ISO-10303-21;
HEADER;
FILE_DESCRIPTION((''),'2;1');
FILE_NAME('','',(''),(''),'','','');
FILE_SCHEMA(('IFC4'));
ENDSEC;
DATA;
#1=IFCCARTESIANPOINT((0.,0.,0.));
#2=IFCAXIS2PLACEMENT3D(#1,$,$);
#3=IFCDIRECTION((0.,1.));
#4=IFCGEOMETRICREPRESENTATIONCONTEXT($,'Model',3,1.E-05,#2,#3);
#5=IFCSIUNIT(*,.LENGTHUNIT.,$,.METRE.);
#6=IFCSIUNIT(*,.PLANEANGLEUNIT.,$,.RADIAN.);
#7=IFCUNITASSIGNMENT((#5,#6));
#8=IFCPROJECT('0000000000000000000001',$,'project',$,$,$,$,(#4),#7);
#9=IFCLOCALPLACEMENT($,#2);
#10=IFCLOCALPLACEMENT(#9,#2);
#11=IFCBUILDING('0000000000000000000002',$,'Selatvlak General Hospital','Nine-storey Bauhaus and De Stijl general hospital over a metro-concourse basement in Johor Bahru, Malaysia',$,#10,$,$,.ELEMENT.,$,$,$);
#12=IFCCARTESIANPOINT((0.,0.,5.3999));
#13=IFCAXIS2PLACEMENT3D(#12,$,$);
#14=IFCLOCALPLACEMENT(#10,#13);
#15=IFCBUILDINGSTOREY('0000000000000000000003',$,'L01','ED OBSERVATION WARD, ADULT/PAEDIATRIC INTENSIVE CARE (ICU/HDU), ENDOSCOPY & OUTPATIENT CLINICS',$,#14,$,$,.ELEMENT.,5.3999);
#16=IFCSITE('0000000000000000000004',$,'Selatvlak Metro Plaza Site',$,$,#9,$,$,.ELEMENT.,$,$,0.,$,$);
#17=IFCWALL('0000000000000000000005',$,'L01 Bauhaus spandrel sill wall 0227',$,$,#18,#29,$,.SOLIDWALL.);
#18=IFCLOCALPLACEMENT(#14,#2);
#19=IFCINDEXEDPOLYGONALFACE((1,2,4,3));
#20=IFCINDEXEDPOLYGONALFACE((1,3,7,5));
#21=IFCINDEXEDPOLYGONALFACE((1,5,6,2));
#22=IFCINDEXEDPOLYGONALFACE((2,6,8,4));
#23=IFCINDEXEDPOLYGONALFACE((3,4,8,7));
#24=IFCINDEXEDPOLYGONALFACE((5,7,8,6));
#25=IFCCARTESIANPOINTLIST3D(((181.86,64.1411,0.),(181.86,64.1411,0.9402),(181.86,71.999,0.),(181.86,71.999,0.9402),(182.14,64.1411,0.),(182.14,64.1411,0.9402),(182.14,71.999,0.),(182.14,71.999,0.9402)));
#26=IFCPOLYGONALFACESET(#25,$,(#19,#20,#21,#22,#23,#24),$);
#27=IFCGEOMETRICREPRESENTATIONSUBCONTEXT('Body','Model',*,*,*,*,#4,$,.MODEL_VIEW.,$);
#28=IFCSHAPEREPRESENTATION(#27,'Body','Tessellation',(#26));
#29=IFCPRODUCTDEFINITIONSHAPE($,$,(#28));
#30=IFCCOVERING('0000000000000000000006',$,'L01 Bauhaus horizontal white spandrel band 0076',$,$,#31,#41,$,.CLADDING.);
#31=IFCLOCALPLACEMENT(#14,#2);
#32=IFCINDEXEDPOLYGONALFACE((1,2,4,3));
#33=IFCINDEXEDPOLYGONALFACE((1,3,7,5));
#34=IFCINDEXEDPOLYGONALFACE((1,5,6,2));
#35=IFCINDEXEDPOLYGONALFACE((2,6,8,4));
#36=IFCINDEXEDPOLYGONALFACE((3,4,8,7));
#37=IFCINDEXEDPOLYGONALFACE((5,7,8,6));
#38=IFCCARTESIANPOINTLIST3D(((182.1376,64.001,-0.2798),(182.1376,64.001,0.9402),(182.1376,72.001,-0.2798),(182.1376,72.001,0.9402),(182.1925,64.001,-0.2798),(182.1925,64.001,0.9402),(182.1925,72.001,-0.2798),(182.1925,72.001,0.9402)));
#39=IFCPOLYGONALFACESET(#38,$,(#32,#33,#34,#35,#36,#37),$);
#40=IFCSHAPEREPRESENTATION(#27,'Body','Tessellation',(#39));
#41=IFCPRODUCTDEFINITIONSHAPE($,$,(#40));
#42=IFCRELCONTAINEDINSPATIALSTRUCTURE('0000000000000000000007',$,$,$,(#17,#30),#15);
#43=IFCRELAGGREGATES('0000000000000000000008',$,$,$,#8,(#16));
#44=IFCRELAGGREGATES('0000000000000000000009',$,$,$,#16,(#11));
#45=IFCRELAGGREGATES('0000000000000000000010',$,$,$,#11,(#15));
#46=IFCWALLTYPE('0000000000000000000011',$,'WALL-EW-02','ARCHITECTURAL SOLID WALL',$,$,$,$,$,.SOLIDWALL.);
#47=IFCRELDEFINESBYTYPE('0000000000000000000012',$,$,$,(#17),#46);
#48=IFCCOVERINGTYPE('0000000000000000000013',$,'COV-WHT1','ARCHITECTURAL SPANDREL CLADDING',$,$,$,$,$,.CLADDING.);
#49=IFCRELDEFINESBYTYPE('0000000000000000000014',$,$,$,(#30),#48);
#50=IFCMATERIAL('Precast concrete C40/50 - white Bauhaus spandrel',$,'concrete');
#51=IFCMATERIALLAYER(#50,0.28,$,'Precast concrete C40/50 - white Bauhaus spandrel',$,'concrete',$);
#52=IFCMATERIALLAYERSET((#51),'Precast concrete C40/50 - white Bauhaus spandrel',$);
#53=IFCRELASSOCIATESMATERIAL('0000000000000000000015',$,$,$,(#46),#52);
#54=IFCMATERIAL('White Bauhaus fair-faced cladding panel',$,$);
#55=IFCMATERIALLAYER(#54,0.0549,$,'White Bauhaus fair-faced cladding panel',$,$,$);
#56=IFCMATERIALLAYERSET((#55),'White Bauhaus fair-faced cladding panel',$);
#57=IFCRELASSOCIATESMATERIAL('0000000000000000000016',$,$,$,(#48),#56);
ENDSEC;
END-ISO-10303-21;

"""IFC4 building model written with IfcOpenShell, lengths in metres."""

from ifc_helpers import new_model, si_unit, direction, frame, frame_2d, origin, origin_2d, place, context, subcontext, project, spatial, rectangle, extrude, material, layer, layer_set, type_object, element, save


model = new_model("IFC4")

# Units and contexts
model_context = context("Model", 3, precision=1e-05, world=origin(), true_north=direction((0.0, 1.0)))
body_context = subcontext(model_context, "Body", "Model", "MODEL_VIEW")
ifc_project = project(units=[si_unit("LENGTHUNIT", "METRE"), si_unit("PLANEANGLEUNIT", "RADIAN")], contexts=[model_context])

# Site, building, storey
site_placement = place(None, origin())
site = spatial("IfcSite", under=ifc_project, at=site_placement, Name="Selatvlak Metro Plaza Site", CompositionType="ELEMENT", RefElevation=0.0)
building_placement = place(site_placement, origin())
building = spatial("IfcBuilding", under=site, at=building_placement, Name="Selatvlak General Hospital", Description="Nine-storey Bauhaus and De Stijl general hospital over a metro-concourse basement in Johor Bahru, Malaysia", CompositionType="ELEMENT")
storey_placement = place(building_placement, frame((0.0, 0.0, 5.3999)))
storey = spatial("IfcBuildingStorey", under=building, at=storey_placement, Name="L01", Description="ED OBSERVATION WARD, ADULT/PAEDIATRIC INTENSIVE CARE (ICU/HDU), ENDOSCOPY & OUTPATIENT CLINICS", CompositionType="ELEMENT", Elevation=5.3999)

# Wall
ifc_material_1 = material(Name="Precast concrete C40/50 - white Bauhaus spandrel", Category="concrete")
ifc_layer_1 = layer(ifc_material_1, 0.28, Name="Precast concrete C40/50 - white Bauhaus spandrel", Category="concrete")
ifc_layer_set_1 = layer_set([ifc_layer_1], Name="Precast concrete C40/50 - white Bauhaus spandrel")
wall_type = type_object("IfcWallType", Name="WALL-EW-02", Description="ARCHITECTURAL SOLID WALL", PredefinedType="SOLIDWALL", material=ifc_layer_set_1)
wall_placement = place(storey_placement, frame((182.0, 71.999, 0.0), z_axis=(0.0, 0.0, 1.0), x_axis=(0.0, -1.0, 0.0)))
element("IfcWall", 1, at=wall_placement, inside=storey, type_object=wall_type, Name="L01 Bauhaus spandrel sill wall 0227", PredefinedType="SOLIDWALL", context=body_context, shape_type="SweptSolid", body=[
    extrude(rectangle(XDim=7.8579, YDim=0.28, at=frame_2d((3.929, 0.0))), origin(), (0.0, 0.0, 1.0), 0.9402),
])

# Covering
ifc_material_2 = material(Name="White Bauhaus fair-faced cladding panel")
ifc_layer_2 = layer(ifc_material_2, 0.0549, Name="White Bauhaus fair-faced cladding panel")
ifc_layer_set_2 = layer_set([ifc_layer_2], Name="White Bauhaus fair-faced cladding panel")
covering_type = type_object("IfcCoveringType", Name="COV-WHT1", Description="ARCHITECTURAL SPANDREL CLADDING", PredefinedType="CLADDING", material=ifc_layer_set_2)
covering_placement = place(storey_placement, frame((182.165, 68.001, -0.2798), z_axis=(0.0, 0.0, 1.0), x_axis=(0.0, -1.0, 0.0)))
element("IfcCovering", 2, at=covering_placement, inside=storey, type_object=covering_type, Name="L01 Bauhaus horizontal white spandrel band 0076", PredefinedType="CLADDING", context=body_context, shape_type="SweptSolid", body=[
    extrude(rectangle(XDim=8.0, YDim=0.0549, at=origin_2d()), origin(), (0.0, 0.0, 1.0), 1.22),
])

save(model, "model.ifc")
